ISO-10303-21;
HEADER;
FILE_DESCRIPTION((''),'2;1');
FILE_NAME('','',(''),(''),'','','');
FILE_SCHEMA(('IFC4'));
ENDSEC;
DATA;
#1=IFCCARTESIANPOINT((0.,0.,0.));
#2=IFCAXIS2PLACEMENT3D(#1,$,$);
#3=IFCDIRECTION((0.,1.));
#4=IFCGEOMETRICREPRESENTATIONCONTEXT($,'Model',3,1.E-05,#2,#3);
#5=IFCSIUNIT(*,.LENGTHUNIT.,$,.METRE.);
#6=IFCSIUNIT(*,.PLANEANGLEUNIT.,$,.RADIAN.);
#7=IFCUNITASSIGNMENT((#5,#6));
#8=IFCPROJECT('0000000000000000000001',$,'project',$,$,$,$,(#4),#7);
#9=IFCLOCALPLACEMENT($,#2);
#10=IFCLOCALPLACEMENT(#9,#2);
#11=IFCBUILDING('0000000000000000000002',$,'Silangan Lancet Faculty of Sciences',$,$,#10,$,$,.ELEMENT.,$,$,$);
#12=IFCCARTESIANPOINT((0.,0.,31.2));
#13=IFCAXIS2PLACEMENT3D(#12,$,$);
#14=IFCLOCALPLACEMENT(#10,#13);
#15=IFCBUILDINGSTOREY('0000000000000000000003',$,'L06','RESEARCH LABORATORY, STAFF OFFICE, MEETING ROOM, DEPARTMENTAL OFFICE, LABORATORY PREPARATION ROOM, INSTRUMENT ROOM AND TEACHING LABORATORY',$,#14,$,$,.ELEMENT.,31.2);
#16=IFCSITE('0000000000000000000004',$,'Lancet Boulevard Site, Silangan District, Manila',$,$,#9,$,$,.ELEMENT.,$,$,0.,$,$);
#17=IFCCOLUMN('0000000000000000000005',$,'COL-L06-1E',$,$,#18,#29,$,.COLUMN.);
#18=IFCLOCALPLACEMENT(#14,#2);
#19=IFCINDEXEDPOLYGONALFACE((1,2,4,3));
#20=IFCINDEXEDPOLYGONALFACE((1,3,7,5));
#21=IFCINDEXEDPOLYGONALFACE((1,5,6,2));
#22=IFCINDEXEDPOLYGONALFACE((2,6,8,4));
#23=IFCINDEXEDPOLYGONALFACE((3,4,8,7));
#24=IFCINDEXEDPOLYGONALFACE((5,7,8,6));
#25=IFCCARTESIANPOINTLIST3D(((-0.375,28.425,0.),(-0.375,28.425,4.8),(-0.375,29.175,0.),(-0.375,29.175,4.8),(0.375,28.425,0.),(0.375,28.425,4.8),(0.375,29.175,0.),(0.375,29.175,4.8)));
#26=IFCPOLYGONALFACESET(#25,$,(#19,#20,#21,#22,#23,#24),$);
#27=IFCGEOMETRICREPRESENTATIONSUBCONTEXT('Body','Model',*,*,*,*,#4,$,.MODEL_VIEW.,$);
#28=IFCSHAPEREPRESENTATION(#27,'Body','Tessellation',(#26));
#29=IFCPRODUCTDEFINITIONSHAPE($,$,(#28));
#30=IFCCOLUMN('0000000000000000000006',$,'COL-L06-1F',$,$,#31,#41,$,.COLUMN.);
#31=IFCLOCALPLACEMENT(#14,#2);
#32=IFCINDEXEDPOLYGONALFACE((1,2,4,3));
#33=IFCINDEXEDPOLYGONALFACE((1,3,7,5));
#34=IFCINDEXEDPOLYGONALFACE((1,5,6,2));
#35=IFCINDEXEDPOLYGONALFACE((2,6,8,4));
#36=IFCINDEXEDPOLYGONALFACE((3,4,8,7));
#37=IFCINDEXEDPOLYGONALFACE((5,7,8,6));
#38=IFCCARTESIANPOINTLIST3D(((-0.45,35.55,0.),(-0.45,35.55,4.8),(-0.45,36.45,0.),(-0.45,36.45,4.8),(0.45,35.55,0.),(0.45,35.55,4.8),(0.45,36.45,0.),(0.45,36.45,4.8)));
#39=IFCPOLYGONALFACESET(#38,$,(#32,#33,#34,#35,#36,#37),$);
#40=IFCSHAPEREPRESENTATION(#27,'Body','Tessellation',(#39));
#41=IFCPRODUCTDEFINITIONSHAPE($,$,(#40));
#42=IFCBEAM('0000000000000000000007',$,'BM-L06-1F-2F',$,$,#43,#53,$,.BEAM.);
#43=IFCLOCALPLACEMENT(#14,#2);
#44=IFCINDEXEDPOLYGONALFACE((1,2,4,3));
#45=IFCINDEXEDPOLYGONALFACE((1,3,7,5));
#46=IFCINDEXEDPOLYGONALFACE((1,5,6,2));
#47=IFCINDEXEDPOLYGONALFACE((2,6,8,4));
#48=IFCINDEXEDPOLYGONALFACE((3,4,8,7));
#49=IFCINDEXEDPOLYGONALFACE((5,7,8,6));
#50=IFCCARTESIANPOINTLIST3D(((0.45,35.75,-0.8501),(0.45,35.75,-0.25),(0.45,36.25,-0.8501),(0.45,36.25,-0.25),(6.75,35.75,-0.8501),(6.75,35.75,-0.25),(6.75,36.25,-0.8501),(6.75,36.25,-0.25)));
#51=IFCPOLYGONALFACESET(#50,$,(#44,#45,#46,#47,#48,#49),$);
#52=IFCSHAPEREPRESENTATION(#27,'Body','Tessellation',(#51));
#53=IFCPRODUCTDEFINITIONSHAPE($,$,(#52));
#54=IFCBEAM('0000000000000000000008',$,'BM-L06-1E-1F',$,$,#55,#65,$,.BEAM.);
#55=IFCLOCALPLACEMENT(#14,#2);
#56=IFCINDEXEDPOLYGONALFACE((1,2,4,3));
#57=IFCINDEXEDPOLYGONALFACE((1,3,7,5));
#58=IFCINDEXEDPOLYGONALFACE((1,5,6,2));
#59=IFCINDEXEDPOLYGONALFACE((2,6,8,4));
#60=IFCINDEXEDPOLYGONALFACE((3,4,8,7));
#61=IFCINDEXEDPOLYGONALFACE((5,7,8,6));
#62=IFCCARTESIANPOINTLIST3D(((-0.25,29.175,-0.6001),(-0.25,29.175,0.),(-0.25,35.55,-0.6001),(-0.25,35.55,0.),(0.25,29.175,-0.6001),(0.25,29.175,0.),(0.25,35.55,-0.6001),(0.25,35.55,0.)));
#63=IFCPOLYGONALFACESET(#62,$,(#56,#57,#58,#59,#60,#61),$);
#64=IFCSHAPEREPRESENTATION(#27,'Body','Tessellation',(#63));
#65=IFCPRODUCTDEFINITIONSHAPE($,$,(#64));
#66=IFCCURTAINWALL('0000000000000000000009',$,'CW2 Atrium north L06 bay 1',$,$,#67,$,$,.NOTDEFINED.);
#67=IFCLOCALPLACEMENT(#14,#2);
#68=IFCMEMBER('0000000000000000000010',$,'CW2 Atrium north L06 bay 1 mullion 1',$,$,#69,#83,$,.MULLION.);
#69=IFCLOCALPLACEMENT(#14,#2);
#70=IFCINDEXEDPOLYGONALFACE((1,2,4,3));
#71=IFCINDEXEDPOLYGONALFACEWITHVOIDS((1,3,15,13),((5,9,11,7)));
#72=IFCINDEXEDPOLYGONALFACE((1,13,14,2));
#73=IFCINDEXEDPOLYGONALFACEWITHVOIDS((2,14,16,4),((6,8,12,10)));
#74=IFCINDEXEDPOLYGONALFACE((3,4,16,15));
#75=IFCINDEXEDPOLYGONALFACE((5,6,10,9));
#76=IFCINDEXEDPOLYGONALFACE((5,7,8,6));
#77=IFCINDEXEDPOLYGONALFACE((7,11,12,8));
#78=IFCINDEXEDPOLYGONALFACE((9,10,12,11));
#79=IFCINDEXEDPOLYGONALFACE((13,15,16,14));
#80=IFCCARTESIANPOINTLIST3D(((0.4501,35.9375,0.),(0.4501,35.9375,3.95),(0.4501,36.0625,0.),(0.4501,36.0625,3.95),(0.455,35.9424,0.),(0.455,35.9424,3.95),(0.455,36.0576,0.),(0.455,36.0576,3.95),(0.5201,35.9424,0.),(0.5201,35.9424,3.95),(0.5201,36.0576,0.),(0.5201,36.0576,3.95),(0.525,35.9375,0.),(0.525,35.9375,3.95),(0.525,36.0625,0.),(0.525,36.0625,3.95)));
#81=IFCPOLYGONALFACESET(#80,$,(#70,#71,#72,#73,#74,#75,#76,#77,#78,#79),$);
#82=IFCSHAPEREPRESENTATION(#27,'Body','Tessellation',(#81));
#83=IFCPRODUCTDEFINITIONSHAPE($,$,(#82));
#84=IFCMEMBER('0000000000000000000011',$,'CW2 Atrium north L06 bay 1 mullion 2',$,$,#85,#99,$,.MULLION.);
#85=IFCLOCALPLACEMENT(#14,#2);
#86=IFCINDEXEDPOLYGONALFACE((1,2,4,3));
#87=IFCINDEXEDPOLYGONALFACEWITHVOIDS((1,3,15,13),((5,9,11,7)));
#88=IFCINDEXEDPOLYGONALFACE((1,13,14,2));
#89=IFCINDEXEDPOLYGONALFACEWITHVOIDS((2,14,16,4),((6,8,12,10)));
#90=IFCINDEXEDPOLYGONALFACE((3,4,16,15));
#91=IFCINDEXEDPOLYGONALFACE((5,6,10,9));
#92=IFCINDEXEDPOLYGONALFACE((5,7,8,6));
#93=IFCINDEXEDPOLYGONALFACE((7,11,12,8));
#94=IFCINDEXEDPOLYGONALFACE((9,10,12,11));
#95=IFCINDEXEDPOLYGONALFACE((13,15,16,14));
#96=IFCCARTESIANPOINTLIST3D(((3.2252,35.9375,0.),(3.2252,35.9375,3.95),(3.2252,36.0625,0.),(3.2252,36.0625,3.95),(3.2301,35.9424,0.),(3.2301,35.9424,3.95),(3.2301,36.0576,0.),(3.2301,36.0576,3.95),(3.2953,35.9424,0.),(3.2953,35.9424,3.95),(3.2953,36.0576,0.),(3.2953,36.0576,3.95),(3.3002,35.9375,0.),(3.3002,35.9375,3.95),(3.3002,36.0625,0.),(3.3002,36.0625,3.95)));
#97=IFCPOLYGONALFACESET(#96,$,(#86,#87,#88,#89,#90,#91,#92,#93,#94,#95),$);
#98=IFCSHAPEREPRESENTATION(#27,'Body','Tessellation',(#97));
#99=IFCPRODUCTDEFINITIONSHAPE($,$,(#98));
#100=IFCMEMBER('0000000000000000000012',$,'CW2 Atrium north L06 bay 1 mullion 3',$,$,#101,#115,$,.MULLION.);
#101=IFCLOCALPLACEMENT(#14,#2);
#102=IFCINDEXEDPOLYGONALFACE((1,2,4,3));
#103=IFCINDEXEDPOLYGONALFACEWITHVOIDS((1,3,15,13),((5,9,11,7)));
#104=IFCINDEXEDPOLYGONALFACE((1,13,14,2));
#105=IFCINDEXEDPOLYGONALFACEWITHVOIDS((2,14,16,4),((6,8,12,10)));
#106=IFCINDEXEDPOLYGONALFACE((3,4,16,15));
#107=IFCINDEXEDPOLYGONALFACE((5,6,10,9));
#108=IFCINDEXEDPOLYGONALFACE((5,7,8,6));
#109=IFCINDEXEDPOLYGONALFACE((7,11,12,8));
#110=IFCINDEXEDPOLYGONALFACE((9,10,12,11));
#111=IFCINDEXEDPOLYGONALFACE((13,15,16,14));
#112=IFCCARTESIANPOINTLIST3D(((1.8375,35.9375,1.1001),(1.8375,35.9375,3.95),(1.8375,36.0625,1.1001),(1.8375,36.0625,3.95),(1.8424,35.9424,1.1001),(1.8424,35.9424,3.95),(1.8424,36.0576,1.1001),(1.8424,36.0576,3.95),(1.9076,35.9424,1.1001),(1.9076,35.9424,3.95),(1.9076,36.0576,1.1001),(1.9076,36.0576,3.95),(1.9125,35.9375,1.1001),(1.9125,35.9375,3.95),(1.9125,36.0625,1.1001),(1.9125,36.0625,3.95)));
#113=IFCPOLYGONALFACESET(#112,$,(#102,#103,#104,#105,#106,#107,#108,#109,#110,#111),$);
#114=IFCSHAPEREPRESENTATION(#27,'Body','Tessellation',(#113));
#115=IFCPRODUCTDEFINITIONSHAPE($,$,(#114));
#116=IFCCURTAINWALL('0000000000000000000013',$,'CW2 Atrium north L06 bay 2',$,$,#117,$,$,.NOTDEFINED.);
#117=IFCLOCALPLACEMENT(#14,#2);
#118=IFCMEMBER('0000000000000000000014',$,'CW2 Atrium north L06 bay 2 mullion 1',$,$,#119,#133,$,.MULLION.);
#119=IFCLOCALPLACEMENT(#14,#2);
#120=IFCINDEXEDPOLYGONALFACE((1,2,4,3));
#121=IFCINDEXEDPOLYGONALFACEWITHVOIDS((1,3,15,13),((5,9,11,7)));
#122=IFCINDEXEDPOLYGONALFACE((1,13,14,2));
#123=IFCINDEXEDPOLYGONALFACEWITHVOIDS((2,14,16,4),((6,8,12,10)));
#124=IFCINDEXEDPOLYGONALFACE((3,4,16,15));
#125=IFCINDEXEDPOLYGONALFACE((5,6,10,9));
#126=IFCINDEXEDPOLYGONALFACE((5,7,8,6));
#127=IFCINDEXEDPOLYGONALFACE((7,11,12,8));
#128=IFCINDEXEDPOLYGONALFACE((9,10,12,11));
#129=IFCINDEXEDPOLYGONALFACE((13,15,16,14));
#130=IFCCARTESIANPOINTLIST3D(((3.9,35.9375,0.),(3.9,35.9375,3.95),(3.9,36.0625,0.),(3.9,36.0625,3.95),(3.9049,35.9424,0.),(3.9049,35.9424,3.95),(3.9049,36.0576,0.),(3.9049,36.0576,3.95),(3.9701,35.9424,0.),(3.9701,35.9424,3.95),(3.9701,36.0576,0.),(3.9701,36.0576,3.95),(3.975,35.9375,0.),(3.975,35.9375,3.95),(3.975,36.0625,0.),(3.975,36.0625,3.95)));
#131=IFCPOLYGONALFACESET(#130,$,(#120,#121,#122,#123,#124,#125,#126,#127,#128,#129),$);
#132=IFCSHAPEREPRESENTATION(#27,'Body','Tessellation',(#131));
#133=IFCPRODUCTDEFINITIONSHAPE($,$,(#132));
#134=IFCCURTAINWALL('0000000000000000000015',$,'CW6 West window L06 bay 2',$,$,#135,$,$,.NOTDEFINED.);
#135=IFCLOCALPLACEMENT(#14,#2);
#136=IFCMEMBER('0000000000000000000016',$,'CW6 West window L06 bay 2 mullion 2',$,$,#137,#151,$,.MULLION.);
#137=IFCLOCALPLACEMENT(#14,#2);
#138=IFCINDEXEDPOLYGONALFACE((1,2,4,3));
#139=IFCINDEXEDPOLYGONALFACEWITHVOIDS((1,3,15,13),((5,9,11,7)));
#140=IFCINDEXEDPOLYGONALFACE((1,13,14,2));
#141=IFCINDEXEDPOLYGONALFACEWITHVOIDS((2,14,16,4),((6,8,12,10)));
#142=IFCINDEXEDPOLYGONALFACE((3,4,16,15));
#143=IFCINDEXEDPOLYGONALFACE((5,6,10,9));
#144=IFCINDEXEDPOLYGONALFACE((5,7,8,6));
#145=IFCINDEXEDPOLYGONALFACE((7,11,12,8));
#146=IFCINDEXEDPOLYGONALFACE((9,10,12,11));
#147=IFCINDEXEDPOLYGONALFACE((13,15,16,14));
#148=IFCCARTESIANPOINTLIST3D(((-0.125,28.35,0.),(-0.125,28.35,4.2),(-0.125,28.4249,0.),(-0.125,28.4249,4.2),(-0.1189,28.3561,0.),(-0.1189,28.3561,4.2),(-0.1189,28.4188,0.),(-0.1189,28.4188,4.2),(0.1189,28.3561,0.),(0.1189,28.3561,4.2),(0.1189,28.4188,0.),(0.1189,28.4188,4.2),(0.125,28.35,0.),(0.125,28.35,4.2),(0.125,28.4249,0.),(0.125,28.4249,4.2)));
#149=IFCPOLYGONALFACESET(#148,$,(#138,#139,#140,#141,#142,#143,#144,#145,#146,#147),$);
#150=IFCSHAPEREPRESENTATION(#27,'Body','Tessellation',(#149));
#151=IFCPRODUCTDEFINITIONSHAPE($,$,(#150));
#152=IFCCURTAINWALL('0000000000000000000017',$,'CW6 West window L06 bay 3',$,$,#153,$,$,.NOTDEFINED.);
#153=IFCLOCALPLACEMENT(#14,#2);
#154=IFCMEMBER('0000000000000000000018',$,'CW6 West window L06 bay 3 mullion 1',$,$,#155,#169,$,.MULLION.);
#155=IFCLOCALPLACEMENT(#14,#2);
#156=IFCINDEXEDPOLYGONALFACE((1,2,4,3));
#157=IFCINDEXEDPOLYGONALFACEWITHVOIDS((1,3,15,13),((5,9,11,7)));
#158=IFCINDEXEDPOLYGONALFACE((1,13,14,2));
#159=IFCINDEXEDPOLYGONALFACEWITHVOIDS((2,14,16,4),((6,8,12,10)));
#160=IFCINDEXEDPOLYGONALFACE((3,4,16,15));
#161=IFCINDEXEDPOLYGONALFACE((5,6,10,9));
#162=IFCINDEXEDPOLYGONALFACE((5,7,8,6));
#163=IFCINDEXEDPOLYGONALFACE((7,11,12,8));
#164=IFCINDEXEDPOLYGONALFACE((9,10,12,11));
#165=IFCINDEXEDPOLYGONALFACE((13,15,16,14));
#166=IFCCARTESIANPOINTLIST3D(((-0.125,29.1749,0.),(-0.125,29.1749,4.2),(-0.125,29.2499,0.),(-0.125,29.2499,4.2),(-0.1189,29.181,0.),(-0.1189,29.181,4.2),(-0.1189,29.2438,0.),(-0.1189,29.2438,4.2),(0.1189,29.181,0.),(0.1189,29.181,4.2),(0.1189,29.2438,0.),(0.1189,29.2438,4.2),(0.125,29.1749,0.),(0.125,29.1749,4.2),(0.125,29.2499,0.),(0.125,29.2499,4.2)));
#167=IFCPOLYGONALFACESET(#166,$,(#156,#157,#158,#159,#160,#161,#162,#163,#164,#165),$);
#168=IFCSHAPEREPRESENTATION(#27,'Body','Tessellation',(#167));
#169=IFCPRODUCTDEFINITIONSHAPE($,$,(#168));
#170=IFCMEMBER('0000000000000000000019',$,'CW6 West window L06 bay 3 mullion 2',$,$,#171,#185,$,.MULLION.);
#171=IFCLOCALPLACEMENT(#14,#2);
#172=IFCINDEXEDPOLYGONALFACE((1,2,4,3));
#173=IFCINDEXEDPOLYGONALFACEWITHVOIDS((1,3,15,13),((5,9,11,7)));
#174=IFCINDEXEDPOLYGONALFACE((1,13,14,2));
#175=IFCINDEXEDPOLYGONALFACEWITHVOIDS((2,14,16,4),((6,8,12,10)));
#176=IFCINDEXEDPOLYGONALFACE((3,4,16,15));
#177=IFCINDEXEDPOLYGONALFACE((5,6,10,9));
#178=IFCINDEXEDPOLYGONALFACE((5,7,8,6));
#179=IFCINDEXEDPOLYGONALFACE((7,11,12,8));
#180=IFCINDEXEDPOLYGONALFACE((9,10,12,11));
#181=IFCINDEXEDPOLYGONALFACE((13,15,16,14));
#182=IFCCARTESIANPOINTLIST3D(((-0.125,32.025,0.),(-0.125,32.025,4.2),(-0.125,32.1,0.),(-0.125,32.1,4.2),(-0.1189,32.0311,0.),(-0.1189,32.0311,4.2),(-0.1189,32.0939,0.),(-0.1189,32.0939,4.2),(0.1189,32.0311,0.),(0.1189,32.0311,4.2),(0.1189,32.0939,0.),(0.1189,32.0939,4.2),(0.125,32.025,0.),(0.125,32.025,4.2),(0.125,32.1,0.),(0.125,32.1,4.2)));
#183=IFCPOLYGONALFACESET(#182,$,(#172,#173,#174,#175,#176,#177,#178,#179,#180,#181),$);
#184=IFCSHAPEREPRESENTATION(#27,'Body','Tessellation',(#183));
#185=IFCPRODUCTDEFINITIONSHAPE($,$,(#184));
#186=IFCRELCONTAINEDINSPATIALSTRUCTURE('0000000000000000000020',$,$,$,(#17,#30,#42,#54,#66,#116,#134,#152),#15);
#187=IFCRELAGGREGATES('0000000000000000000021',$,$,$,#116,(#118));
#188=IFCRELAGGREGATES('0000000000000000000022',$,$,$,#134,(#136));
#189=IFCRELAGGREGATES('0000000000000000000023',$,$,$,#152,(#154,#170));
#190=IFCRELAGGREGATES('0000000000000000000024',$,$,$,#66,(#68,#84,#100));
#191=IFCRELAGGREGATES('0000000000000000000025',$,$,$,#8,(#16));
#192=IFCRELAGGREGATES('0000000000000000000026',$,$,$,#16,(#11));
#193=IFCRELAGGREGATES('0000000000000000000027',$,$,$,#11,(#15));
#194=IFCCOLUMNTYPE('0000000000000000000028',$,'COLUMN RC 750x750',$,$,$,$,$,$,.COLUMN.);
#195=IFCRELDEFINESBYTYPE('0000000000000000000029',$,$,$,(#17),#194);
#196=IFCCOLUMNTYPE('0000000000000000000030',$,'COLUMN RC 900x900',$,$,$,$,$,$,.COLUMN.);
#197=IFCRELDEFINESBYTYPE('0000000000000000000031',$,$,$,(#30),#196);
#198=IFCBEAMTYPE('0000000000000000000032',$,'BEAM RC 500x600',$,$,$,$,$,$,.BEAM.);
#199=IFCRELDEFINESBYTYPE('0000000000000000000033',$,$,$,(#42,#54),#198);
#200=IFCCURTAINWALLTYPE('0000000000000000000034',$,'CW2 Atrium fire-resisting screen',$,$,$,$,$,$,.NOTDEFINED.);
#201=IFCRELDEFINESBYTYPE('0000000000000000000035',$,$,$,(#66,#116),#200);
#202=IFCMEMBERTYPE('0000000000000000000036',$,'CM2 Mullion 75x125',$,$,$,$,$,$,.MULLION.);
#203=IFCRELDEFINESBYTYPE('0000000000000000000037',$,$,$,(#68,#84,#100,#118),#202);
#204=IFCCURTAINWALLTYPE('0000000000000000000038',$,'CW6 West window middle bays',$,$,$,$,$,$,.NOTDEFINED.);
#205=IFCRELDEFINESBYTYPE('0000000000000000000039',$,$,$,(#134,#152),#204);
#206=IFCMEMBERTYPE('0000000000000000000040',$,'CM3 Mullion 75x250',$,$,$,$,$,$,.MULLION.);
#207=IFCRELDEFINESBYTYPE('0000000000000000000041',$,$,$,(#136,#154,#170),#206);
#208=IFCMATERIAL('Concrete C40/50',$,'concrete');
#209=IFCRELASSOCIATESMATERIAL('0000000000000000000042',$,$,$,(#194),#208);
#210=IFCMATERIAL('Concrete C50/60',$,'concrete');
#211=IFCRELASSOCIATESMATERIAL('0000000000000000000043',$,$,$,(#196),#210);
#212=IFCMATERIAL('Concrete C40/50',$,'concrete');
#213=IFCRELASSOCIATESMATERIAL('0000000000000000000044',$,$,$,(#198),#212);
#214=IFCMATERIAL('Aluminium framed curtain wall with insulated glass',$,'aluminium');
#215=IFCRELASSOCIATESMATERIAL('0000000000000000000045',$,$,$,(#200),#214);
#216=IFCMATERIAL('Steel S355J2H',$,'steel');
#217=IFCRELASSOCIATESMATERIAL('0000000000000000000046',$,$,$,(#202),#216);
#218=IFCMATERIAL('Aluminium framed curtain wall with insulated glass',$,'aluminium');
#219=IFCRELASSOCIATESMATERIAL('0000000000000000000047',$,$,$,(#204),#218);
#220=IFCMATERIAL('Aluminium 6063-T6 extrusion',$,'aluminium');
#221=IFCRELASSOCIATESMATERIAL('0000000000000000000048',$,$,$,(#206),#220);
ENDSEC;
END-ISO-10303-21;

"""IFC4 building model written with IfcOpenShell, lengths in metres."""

from ifc_helpers import new_model, si_unit, direction, frame, origin, origin_2d, place, context, subcontext, project, spatial, rectangle, hollow_rectangle, extrude, material, material_profile, profile_set, type_object, element, aggregate, save


model = new_model("IFC4")

# Units and contexts
model_context = context("Model", 3, precision=1e-05, world=origin(), true_north=direction((0.0, 1.0)))
body_context = subcontext(model_context, "Body", "Model", "MODEL_VIEW")
ifc_project = project(units=[si_unit("LENGTHUNIT", "METRE"), si_unit("PLANEANGLEUNIT", "RADIAN")], contexts=[model_context])

# Site, building, storey
site_placement = place(None, origin())
site = spatial("IfcSite", under=ifc_project, at=site_placement, Name="Lancet Boulevard Site, Silangan District, Manila", CompositionType="ELEMENT", RefElevation=0.0)
building_placement = place(site_placement, origin())
building = spatial("IfcBuilding", under=site, at=building_placement, Name="Silangan Lancet Faculty of Sciences", CompositionType="ELEMENT")
storey_placement = place(building_placement, frame((0.0, 0.0, 31.2)))
storey = spatial("IfcBuildingStorey", under=building, at=storey_placement, Name="L06", Description="RESEARCH LABORATORY, STAFF OFFICE, MEETING ROOM, DEPARTMENTAL OFFICE, LABORATORY PREPARATION ROOM, INSTRUMENT ROOM AND TEACHING LABORATORY", CompositionType="ELEMENT", Elevation=31.2)

# Columns
ifc_material_1 = material(Name="Concrete C40/50", Category="concrete")
ifc_material_profile_1 = material_profile(ifc_material_1, rectangle(XDim=0.75, YDim=0.75, at=origin_2d()), Name="RC 750x750")
ifc_profile_set_1 = profile_set([ifc_material_profile_1], Name="Concrete C40/50")
column_type_1 = type_object("IfcColumnType", Name="COLUMN RC 750x750", PredefinedType="COLUMN", material=ifc_profile_set_1)
column_1_placement = place(storey_placement, frame((0.0, 28.8, 0.0), z_axis=(0.0, 0.0, 1.0), x_axis=(1.0, 0.0, 0.0)))
element("IfcColumn", 1, at=column_1_placement, inside=storey, type_object=column_type_1, Name="COL-L06-1E", PredefinedType="COLUMN", context=body_context, shape_type="SweptSolid", body=[
    extrude(rectangle(XDim=0.75, YDim=0.75, at=origin_2d()), origin(), (0.0, 0.0, 1.0), 4.8),
])
ifc_material_2 = material(Name="Concrete C50/60", Category="concrete")
ifc_material_profile_2 = material_profile(ifc_material_2, rectangle(XDim=0.8999, YDim=0.8999, at=origin_2d()), Name="RC 900x900")
ifc_profile_set_2 = profile_set([ifc_material_profile_2], Name="Concrete C50/60")
column_type_2 = type_object("IfcColumnType", Name="COLUMN RC 900x900", PredefinedType="COLUMN", material=ifc_profile_set_2)
column_2_placement = place(storey_placement, frame((0.0, 36.0, 0.0), z_axis=(0.0, 0.0, 1.0), x_axis=(1.0, 0.0, 0.0)))
element("IfcColumn", 2, at=column_2_placement, inside=storey, type_object=column_type_2, Name="COL-L06-1F", PredefinedType="COLUMN", context=body_context, shape_type="SweptSolid", body=[
    extrude(rectangle(XDim=0.8999, YDim=0.8999, at=origin_2d()), origin(), (0.0, 0.0, 1.0), 4.8),
])

# Beams
ifc_material_3 = material(Name="Concrete C40/50", Category="concrete")
ifc_material_profile_3 = material_profile(ifc_material_3, rectangle(XDim=0.5, YDim=0.6001, at=origin_2d()), Name="RC 500x600")
ifc_profile_set_3 = profile_set([ifc_material_profile_3], Name="Concrete C40/50")
beam_type = type_object("IfcBeamType", Name="BEAM RC 500x600", PredefinedType="BEAM", material=ifc_profile_set_3)
beam_1_placement = place(storey_placement, frame((0.45, 36.0, -0.55), z_axis=(1.0, 0.0, 0.0), x_axis=(0.0, 1.0, 0.0)))
element("IfcBeam", 3, at=beam_1_placement, inside=storey, type_object=beam_type, Name="BM-L06-1F-2F", PredefinedType="BEAM", context=body_context, shape_type="SweptSolid", body=[
    extrude(rectangle(XDim=0.5, YDim=0.6001, at=origin_2d()), origin(), (0.0, 0.0, 1.0), 6.3),
])
beam_2_placement = place(storey_placement, frame((0.0, 29.175, -0.3), z_axis=(0.0, 1.0, 0.0), x_axis=(-1.0, 0.0, 0.0)))
element("IfcBeam", 4, at=beam_2_placement, inside=storey, type_object=beam_type, Name="BM-L06-1E-1F", PredefinedType="BEAM", context=body_context, shape_type="SweptSolid", body=[
    extrude(rectangle(XDim=0.5, YDim=0.6001, at=origin_2d()), origin(), (0.0, 0.0, 1.0), 6.375),
])

# Curtain wall, members
ifc_material_4 = material(Name="Aluminium framed curtain wall with insulated glass", Category="aluminium")
curtain_wall_type_1 = type_object("IfcCurtainWallType", Name="CW2 Atrium fire-resisting screen", PredefinedType="NOTDEFINED", material=ifc_material_4)
curtain_wall_1_placement = place(storey_placement, origin())
curtain_wall_1 = element("IfcCurtainWall", 5, at=curtain_wall_1_placement, inside=storey, type_object=curtain_wall_type_1, Name="CW2 Atrium north L06 bay 1", PredefinedType="NOTDEFINED")
ifc_material_5 = material(Name="Steel S355J2H", Category="steel")
ifc_material_profile_4 = material_profile(ifc_material_5, hollow_rectangle(XDim=0.075, YDim=0.125, WallThickness=0.0049, at=origin_2d()), Name="ST BOX 75x125x5")
ifc_profile_set_4 = profile_set([ifc_material_profile_4], Name="Steel S355J2H")
member_type_1 = type_object("IfcMemberType", Name="CM2 Mullion 75x125", PredefinedType="MULLION", material=ifc_profile_set_4)
member_1_placement = place(storey_placement, frame((0.4875, 36.0, 0.0), z_axis=(0.0, 0.0, 1.0), x_axis=(1.0, 0.0, 0.0)))
member_1 = element("IfcMember", 6, at=member_1_placement, type_object=member_type_1, Name="CW2 Atrium north L06 bay 1 mullion 1", PredefinedType="MULLION", context=body_context, shape_type="SweptSolid", body=[
    extrude(hollow_rectangle(XDim=0.075, YDim=0.125, WallThickness=0.0049, at=origin_2d()), origin(), (0.0, 0.0, 1.0), 3.95),
])
member_2_placement = place(storey_placement, frame((3.2627, 36.0, 0.0), z_axis=(0.0, 0.0, 1.0), x_axis=(1.0, 0.0, 0.0)))
member_2 = element("IfcMember", 7, at=member_2_placement, type_object=member_type_1, Name="CW2 Atrium north L06 bay 1 mullion 2", PredefinedType="MULLION", context=body_context, shape_type="SweptSolid", body=[
    extrude(hollow_rectangle(XDim=0.075, YDim=0.125, WallThickness=0.0049, at=origin_2d()), origin(), (0.0, 0.0, 1.0), 3.95),
])
member_3_placement = place(storey_placement, frame((1.875, 36.0, 1.1001), z_axis=(0.0, 0.0, 1.0), x_axis=(1.0, 0.0, 0.0)))
member_3 = element("IfcMember", 8, at=member_3_placement, type_object=member_type_1, Name="CW2 Atrium north L06 bay 1 mullion 3", PredefinedType="MULLION", context=body_context, shape_type="SweptSolid", body=[
    extrude(hollow_rectangle(XDim=0.075, YDim=0.125, WallThickness=0.0049, at=origin_2d()), origin(), (0.0, 0.0, 1.0), 2.8499),
])

# Curtain walls, members
curtain_wall_2_placement = place(storey_placement, origin())
curtain_wall_2 = element("IfcCurtainWall", 9, at=curtain_wall_2_placement, inside=storey, type_object=curtain_wall_type_1, Name="CW2 Atrium north L06 bay 2", PredefinedType="NOTDEFINED")
member_4_placement = place(storey_placement, frame((3.9375, 36.0, 0.0), z_axis=(0.0, 0.0, 1.0), x_axis=(1.0, 0.0, 0.0)))
member_4 = element("IfcMember", 10, at=member_4_placement, type_object=member_type_1, Name="CW2 Atrium north L06 bay 2 mullion 1", PredefinedType="MULLION", context=body_context, shape_type="SweptSolid", body=[
    extrude(hollow_rectangle(XDim=0.075, YDim=0.125, WallThickness=0.0049, at=origin_2d()), origin(), (0.0, 0.0, 1.0), 3.95),
])
aggregate(curtain_wall_2, [member_4])
ifc_material_6 = material(Name="Aluminium framed curtain wall with insulated glass", Category="aluminium")
curtain_wall_type_2 = type_object("IfcCurtainWallType", Name="CW6 West window middle bays", PredefinedType="NOTDEFINED", material=ifc_material_6)
curtain_wall_3_placement = place(storey_placement, origin())
curtain_wall_3 = element("IfcCurtainWall", 11, at=curtain_wall_3_placement, inside=storey, type_object=curtain_wall_type_2, Name="CW6 West window L06 bay 2", PredefinedType="NOTDEFINED")
ifc_material_7 = material(Name="Aluminium 6063-T6 extrusion", Category="aluminium")
ifc_material_profile_5 = material_profile(ifc_material_7, hollow_rectangle(XDim=0.075, YDim=0.25, WallThickness=0.0061, at=origin_2d()), Name="AL BOX 75x250x6")
ifc_profile_set_5 = profile_set([ifc_material_profile_5], Name="Aluminium 6063-T6 extrusion")
member_type_2 = type_object("IfcMemberType", Name="CM3 Mullion 75x250", PredefinedType="MULLION", material=ifc_profile_set_5)
member_5_placement = place(storey_placement, frame((0.0, 28.3875, 0.0), z_axis=(0.0, 0.0, 1.0), x_axis=(0.0, 1.0, 0.0)))
member_5 = element("IfcMember", 12, at=member_5_placement, type_object=member_type_2, Name="CW6 West window L06 bay 2 mullion 2", PredefinedType="MULLION", context=body_context, shape_type="SweptSolid", body=[
    extrude(hollow_rectangle(XDim=0.075, YDim=0.25, WallThickness=0.0061, at=origin_2d()), origin(), (0.0, 0.0, 1.0), 4.2),
])

# Curtain wall, members
curtain_wall_4_placement = place(storey_placement, origin())
curtain_wall_4 = element("IfcCurtainWall", 13, at=curtain_wall_4_placement, inside=storey, type_object=curtain_wall_type_2, Name="CW6 West window L06 bay 3", PredefinedType="NOTDEFINED")
member_6_placement = place(storey_placement, frame((0.0, 29.2124, 0.0), z_axis=(0.0, 0.0, 1.0), x_axis=(0.0, 1.0, 0.0)))
member_6 = element("IfcMember", 14, at=member_6_placement, type_object=member_type_2, Name="CW6 West window L06 bay 3 mullion 1", PredefinedType="MULLION", context=body_context, shape_type="SweptSolid", body=[
    extrude(hollow_rectangle(XDim=0.075, YDim=0.25, WallThickness=0.0061, at=origin_2d()), origin(), (0.0, 0.0, 1.0), 4.2),
])
member_7_placement = place(storey_placement, frame((0.0, 32.0625, 0.0), z_axis=(0.0, 0.0, 1.0), x_axis=(0.0, 1.0, 0.0)))
member_7 = element("IfcMember", 15, at=member_7_placement, type_object=member_type_2, Name="CW6 West window L06 bay 3 mullion 2", PredefinedType="MULLION", context=body_context, shape_type="SweptSolid", body=[
    extrude(hollow_rectangle(XDim=0.075, YDim=0.25, WallThickness=0.0061, at=origin_2d()), origin(), (0.0, 0.0, 1.0), 4.2),
])

aggregate(curtain_wall_3, [member_5])
aggregate(curtain_wall_4, [member_6, member_7])
aggregate(curtain_wall_1, [member_1, member_2, member_3])

save(model, "model.ifc")
